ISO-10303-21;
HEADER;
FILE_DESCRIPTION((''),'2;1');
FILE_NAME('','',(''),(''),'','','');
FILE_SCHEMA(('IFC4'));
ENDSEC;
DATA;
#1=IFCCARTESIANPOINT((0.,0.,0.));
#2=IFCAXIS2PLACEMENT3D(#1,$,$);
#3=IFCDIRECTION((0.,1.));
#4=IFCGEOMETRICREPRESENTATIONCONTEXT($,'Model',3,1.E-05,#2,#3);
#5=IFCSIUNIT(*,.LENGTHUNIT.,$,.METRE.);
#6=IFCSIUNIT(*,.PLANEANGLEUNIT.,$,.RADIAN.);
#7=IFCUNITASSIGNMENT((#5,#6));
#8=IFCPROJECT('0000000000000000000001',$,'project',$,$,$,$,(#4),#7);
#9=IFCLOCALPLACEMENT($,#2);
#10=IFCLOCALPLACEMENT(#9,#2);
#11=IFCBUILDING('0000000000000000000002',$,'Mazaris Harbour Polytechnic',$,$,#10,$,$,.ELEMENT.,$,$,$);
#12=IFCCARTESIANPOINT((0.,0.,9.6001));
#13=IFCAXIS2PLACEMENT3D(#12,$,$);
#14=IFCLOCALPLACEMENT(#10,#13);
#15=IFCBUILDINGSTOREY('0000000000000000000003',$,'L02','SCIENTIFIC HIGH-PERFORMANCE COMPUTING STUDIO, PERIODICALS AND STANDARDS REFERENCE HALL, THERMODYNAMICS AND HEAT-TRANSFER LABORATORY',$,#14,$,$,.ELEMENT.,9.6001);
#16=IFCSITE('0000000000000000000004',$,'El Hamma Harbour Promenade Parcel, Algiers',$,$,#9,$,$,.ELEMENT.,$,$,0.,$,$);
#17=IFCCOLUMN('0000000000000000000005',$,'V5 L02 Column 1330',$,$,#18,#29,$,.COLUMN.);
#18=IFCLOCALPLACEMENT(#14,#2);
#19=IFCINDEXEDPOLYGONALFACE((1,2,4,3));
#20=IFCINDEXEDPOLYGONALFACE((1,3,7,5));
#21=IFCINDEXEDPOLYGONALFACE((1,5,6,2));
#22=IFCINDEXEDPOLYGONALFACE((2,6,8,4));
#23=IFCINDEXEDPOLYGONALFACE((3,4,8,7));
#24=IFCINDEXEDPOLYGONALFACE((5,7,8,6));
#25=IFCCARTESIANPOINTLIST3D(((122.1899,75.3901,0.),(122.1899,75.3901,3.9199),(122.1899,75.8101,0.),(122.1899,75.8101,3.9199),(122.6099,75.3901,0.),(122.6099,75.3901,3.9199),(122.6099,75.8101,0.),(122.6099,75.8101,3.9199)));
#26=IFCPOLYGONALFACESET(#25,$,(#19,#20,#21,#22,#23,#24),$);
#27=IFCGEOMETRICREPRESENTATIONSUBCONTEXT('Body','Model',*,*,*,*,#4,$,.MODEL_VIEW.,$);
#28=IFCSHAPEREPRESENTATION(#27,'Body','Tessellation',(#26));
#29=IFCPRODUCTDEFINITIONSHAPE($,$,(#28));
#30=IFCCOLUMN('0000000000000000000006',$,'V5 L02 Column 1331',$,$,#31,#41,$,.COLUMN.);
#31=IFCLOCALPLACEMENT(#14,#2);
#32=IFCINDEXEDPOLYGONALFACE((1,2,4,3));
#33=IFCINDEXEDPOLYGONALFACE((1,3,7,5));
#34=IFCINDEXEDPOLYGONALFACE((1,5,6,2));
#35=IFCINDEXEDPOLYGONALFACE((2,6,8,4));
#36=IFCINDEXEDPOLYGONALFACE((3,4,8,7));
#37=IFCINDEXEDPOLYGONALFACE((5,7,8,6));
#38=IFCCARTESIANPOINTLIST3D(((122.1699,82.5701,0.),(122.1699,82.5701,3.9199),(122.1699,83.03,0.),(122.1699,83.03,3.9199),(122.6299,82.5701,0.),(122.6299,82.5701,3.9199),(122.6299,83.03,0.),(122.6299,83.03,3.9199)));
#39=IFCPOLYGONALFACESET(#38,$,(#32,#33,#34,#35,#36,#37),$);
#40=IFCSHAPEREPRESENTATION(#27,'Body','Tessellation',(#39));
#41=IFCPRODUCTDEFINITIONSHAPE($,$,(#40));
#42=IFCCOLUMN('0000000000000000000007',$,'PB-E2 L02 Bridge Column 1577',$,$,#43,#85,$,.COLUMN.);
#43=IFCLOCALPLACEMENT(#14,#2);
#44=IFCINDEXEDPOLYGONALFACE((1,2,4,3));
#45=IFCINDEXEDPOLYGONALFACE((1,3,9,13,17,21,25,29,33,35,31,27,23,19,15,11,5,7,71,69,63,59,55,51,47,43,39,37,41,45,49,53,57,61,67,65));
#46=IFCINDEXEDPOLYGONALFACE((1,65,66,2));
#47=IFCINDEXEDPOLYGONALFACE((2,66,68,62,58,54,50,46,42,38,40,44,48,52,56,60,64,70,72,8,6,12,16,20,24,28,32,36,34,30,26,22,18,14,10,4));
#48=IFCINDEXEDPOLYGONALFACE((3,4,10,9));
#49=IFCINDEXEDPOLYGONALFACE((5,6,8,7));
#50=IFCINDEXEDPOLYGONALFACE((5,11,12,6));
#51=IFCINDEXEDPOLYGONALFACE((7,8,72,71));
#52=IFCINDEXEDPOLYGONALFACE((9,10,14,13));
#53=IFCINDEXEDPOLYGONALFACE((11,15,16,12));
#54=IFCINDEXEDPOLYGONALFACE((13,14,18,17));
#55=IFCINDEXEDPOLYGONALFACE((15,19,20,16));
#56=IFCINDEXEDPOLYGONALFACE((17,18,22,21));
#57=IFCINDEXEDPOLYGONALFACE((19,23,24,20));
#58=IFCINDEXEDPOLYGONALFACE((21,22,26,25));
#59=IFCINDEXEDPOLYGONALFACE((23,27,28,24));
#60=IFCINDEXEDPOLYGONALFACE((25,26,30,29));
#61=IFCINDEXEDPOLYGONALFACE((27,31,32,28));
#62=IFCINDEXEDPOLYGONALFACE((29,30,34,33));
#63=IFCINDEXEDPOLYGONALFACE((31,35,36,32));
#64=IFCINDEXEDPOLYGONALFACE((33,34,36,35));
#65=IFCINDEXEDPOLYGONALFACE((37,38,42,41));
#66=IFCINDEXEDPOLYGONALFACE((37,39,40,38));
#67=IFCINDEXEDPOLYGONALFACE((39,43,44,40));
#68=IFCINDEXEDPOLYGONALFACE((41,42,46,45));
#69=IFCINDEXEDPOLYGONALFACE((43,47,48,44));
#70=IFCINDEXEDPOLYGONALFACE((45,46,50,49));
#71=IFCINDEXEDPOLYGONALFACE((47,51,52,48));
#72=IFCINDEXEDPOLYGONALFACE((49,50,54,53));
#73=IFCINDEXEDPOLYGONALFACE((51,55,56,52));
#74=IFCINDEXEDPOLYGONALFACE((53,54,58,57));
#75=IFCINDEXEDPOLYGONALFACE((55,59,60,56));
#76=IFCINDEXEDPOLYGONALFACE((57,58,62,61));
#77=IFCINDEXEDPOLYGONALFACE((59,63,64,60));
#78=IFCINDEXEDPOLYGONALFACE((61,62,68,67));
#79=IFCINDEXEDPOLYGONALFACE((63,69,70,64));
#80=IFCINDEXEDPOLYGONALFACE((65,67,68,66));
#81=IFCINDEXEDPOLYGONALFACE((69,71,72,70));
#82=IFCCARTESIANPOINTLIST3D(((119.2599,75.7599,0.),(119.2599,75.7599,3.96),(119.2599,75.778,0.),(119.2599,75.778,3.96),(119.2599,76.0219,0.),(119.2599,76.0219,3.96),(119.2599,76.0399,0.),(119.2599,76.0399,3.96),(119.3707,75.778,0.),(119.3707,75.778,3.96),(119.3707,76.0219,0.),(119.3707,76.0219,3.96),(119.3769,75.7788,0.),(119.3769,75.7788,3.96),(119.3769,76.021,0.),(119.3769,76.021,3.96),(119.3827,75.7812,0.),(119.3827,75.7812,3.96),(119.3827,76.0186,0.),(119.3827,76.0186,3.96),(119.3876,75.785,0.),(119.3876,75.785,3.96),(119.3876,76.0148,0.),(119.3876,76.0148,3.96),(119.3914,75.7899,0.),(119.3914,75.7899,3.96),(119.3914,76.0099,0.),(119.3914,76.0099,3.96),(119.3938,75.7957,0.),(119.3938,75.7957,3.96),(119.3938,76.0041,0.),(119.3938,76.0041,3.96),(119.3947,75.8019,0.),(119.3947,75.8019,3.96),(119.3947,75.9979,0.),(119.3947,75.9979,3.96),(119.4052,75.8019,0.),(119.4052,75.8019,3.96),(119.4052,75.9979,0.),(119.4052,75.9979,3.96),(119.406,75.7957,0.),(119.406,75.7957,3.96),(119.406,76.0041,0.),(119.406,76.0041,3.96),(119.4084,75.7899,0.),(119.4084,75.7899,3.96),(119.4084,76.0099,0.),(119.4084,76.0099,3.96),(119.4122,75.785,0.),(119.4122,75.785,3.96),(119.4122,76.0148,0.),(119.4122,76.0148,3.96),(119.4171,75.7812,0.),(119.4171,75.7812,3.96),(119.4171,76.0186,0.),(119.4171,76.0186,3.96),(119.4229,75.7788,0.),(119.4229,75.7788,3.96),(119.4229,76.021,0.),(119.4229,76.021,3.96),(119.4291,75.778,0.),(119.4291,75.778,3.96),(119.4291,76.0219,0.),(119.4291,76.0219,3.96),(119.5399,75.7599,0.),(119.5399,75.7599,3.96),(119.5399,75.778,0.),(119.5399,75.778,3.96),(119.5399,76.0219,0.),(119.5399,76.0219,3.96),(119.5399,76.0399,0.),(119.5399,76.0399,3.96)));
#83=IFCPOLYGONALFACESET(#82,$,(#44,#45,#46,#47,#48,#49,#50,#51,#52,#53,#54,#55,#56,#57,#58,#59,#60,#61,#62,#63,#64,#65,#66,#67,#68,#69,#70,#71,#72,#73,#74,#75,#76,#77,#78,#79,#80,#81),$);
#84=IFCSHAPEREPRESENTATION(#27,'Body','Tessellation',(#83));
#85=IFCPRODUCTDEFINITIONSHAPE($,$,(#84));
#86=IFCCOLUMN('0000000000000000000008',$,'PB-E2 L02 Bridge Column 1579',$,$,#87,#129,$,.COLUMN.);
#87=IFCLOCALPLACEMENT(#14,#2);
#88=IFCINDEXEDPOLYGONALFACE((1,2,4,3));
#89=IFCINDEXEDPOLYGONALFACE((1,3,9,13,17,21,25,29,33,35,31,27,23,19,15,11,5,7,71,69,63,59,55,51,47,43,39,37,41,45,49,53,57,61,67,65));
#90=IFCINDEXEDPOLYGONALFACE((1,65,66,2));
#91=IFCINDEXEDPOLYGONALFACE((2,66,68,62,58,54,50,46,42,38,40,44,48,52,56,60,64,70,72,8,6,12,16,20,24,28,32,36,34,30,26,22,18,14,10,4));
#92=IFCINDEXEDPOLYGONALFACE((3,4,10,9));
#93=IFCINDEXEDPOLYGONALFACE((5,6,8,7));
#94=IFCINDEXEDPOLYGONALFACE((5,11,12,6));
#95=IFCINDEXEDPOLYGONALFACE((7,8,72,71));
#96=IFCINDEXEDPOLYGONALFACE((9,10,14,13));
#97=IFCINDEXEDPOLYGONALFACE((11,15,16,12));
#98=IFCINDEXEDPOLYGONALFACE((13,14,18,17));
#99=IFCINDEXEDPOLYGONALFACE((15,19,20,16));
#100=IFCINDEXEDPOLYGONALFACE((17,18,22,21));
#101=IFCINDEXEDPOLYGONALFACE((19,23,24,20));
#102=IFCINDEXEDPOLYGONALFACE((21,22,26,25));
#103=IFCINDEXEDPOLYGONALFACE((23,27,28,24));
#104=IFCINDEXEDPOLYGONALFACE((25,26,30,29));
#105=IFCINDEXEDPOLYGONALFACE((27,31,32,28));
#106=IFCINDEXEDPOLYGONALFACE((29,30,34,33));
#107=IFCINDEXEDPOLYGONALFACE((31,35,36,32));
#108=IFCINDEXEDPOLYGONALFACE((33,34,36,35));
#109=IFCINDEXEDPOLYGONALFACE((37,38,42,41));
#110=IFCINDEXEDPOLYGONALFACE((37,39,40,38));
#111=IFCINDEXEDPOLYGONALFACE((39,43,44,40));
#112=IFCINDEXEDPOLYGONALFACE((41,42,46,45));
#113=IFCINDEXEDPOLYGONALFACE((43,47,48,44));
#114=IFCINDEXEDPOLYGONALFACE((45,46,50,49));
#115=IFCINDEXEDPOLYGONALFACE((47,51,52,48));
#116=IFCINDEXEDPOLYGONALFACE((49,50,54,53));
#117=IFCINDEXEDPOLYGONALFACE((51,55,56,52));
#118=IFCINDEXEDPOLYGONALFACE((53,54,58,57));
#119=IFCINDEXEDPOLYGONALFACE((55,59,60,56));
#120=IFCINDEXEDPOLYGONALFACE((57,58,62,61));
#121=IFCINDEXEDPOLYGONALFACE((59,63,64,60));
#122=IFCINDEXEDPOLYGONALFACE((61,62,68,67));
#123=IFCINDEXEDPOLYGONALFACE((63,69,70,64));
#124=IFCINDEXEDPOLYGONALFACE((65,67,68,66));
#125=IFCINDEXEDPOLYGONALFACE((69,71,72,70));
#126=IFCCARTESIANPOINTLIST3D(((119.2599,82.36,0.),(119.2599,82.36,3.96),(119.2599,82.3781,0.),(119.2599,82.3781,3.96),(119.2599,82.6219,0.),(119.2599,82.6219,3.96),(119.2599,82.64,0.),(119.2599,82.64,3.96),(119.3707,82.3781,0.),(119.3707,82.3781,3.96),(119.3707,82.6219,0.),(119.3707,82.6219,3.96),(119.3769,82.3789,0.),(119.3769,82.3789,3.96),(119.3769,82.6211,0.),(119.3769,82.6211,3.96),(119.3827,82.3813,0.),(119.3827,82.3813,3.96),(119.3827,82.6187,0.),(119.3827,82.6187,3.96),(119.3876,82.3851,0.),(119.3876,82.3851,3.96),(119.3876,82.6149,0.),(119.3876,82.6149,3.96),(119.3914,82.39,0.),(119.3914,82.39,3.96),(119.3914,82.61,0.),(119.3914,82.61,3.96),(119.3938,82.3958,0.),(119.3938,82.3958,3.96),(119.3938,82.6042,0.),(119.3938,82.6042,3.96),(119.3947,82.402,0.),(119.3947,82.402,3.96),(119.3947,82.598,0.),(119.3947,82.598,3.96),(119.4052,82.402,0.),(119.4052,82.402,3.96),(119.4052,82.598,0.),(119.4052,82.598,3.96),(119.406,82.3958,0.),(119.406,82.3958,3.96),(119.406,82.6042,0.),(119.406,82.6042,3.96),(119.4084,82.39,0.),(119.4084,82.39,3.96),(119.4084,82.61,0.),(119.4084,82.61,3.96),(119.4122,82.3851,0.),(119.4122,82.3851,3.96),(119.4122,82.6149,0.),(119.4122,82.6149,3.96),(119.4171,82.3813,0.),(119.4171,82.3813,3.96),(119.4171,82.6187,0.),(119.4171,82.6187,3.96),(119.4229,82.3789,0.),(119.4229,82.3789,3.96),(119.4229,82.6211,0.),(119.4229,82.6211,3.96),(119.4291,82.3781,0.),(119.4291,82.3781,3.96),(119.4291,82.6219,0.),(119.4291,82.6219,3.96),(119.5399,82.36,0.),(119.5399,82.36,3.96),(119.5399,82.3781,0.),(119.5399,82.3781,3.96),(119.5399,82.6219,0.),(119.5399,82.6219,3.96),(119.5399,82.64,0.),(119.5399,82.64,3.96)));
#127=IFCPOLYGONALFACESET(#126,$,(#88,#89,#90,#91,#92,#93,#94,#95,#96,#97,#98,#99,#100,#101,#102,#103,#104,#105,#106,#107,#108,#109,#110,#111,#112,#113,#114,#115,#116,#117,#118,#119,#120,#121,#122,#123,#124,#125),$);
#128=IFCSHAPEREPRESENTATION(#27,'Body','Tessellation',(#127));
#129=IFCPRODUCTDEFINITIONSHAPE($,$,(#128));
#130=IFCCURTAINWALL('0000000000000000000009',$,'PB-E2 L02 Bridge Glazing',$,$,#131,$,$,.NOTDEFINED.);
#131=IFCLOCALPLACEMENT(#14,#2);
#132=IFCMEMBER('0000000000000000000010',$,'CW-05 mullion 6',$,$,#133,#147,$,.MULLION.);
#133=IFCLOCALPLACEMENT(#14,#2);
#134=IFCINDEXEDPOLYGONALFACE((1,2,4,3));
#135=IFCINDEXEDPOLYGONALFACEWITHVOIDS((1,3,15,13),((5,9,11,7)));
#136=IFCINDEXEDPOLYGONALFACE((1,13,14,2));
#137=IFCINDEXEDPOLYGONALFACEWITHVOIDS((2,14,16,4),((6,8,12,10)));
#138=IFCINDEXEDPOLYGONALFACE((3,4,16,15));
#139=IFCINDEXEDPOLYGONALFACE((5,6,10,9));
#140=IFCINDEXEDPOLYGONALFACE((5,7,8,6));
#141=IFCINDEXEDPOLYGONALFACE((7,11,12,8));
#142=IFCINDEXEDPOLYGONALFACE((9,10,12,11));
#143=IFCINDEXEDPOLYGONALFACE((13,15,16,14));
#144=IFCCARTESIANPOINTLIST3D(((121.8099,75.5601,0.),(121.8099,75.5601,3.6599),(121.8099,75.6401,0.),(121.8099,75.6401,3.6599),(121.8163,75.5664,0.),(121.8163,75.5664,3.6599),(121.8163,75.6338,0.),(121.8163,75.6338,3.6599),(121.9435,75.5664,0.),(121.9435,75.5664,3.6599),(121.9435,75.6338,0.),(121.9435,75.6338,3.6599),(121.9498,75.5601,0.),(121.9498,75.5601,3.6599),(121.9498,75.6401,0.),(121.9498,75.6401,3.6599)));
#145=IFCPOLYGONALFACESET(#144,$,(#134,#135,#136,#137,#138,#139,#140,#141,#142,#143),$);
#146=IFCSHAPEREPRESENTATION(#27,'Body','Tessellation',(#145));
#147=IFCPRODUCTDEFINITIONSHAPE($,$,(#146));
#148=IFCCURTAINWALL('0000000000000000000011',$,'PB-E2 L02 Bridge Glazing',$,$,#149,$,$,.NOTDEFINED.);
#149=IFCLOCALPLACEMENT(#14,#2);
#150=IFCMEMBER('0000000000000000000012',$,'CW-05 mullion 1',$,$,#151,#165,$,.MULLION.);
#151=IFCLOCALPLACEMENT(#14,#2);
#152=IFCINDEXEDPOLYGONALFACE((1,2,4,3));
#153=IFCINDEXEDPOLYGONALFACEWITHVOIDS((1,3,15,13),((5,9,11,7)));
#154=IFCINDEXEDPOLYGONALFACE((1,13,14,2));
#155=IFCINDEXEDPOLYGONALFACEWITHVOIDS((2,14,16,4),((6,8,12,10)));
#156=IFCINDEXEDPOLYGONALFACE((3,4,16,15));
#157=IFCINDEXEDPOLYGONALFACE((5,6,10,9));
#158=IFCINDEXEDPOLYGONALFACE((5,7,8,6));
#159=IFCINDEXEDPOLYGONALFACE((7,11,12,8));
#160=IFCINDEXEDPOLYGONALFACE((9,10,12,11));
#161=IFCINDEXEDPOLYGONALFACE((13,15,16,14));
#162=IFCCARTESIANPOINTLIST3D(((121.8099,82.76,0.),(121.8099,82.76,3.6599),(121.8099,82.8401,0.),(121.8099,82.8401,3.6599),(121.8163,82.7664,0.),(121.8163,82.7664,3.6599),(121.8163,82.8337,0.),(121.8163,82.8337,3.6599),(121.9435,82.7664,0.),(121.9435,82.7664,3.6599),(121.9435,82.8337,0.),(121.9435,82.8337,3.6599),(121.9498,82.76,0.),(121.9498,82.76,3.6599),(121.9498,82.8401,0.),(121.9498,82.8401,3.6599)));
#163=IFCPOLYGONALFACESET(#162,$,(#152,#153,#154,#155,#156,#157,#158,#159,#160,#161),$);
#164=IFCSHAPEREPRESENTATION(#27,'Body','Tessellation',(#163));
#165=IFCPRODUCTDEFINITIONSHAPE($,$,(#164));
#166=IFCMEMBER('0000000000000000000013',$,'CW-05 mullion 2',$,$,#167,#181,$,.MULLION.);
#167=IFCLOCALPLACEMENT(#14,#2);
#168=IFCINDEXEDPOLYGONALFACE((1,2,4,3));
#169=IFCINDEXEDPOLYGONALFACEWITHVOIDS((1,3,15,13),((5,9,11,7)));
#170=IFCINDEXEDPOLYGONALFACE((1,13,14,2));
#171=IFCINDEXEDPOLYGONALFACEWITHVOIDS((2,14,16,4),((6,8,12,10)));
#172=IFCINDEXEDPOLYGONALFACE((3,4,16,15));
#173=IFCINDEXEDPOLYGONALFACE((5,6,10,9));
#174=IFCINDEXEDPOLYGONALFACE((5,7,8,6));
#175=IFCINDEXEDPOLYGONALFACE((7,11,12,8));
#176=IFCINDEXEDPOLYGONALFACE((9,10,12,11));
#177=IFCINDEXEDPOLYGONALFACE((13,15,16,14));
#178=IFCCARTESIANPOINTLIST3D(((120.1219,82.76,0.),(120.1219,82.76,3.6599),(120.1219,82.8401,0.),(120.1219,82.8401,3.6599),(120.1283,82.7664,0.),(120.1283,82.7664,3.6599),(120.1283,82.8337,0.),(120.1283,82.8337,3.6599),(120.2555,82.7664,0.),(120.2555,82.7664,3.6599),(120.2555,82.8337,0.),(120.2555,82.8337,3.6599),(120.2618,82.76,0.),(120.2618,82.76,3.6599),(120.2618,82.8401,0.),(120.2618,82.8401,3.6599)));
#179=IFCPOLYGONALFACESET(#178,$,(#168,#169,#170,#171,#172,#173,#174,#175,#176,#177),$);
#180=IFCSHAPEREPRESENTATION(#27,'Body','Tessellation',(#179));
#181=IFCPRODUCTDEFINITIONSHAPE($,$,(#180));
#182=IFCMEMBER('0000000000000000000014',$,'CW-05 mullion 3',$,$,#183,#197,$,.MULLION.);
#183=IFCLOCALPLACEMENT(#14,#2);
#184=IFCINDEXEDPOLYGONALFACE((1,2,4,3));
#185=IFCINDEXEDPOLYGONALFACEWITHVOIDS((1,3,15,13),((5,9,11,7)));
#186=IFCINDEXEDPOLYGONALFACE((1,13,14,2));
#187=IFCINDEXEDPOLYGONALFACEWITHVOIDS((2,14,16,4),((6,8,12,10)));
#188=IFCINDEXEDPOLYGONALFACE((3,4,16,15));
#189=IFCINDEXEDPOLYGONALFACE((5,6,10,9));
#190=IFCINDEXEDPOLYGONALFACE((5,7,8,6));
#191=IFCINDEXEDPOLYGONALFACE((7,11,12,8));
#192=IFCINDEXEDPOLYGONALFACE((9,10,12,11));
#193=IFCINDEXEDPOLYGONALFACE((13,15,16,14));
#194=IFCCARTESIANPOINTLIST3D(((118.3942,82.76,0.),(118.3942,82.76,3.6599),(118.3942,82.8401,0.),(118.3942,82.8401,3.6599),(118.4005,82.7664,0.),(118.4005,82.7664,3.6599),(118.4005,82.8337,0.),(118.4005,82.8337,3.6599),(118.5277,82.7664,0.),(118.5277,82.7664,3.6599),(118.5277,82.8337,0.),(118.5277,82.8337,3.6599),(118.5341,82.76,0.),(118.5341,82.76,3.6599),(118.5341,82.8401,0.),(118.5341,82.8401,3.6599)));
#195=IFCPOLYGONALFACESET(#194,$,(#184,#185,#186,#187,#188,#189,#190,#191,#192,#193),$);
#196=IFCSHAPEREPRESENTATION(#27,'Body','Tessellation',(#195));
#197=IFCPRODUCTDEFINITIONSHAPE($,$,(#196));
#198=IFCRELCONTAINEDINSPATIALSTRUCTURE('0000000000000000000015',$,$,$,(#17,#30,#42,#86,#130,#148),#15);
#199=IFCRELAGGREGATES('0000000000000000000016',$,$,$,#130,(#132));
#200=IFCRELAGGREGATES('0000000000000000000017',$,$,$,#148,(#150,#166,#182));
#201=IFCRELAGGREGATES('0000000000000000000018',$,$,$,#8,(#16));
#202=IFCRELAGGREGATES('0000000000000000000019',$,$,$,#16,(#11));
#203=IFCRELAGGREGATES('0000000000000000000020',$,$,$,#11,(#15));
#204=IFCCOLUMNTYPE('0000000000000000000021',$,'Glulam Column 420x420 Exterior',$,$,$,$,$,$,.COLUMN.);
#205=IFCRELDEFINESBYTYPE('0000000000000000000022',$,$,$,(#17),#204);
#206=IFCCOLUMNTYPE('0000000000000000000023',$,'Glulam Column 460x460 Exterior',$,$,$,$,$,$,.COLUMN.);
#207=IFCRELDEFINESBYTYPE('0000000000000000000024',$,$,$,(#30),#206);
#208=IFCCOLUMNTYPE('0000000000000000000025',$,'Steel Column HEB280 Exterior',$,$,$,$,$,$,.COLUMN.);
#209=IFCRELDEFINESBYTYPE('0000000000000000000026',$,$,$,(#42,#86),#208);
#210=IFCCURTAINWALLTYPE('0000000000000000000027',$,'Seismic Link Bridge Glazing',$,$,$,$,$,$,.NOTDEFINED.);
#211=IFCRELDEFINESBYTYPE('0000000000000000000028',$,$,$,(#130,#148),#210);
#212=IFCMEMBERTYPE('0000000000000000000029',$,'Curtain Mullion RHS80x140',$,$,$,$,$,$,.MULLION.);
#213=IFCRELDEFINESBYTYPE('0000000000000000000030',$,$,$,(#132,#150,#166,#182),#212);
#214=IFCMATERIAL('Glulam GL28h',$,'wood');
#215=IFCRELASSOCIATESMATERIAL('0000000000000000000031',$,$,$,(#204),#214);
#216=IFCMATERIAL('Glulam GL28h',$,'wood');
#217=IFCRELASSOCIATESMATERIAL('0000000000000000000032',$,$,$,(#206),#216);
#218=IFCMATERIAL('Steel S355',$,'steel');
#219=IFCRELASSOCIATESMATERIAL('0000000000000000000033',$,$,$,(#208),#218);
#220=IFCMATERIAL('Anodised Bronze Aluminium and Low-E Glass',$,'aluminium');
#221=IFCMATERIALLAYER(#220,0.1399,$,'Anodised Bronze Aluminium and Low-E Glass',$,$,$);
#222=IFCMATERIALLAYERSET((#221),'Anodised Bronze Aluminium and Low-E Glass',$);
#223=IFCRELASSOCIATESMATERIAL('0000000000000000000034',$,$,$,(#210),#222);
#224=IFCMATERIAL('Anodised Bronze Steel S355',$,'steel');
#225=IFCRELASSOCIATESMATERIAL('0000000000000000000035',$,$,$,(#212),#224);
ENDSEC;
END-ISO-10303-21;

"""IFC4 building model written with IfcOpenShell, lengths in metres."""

from ifc_helpers import new_model, si_unit, direction, frame, origin, origin_2d, place, context, subcontext, project, spatial, rectangle, hollow_rectangle, i_section, extrude, material, layer, layer_set, material_profile, profile_set, type_object, element, aggregate, save


model = new_model("IFC4")

# Units and contexts
model_context = context("Model", 3, precision=1e-05, world=origin(), true_north=direction((0.0, 1.0)))
body_context = subcontext(model_context, "Body", "Model", "MODEL_VIEW")
ifc_project = project(units=[si_unit("LENGTHUNIT", "METRE"), si_unit("PLANEANGLEUNIT", "RADIAN")], contexts=[model_context])

# Site, building, storey
site_placement = place(None, origin())
site = spatial("IfcSite", under=ifc_project, at=site_placement, Name="El Hamma Harbour Promenade Parcel, Algiers", CompositionType="ELEMENT", RefElevation=0.0)
building_placement = place(site_placement, origin())
building = spatial("IfcBuilding", under=site, at=building_placement, Name="Mazaris Harbour Polytechnic", CompositionType="ELEMENT")
storey_placement = place(building_placement, frame((0.0, 0.0, 9.6001)))
storey = spatial("IfcBuildingStorey", under=building, at=storey_placement, Name="L02", Description="SCIENTIFIC HIGH-PERFORMANCE COMPUTING STUDIO, PERIODICALS AND STANDARDS REFERENCE HALL, THERMODYNAMICS AND HEAT-TRANSFER LABORATORY", CompositionType="ELEMENT", Elevation=9.6001)

# Columns
ifc_material_1 = material(Name="Glulam GL28h", Category="wood")
ifc_material_profile_1 = material_profile(ifc_material_1, rectangle(XDim=0.4199, YDim=0.4199, at=origin_2d()), Name="RECT420x420")
ifc_profile_set_1 = profile_set([ifc_material_profile_1], Name="Glulam GL28h")
column_type_1 = type_object("IfcColumnType", Name="Glulam Column 420x420 Exterior", PredefinedType="COLUMN", material=ifc_profile_set_1)
column_1_placement = place(storey_placement, frame((122.3999, 75.6001, 0.0), z_axis=(0.0, 0.0, 1.0), x_axis=(1.0, 0.0, 0.0)))
element("IfcColumn", 1, at=column_1_placement, inside=storey, type_object=column_type_1, Name="V5 L02 Column 1330", PredefinedType="COLUMN", context=body_context, shape_type="SweptSolid", body=[
    extrude(rectangle(XDim=0.4199, YDim=0.4199, at=origin_2d()), origin(), (0.0, 0.0, 1.0), 3.9199),
])
ifc_material_2 = material(Name="Glulam GL28h", Category="wood")
ifc_material_profile_2 = material_profile(ifc_material_2, rectangle(XDim=0.46, YDim=0.46, at=origin_2d()), Name="RECT460x460")
ifc_profile_set_2 = profile_set([ifc_material_profile_2], Name="Glulam GL28h")
column_type_2 = type_object("IfcColumnType", Name="Glulam Column 460x460 Exterior", PredefinedType="COLUMN", material=ifc_profile_set_2)
column_2_placement = place(storey_placement, frame((122.3999, 82.8, 0.0), z_axis=(0.0, 0.0, 1.0), x_axis=(1.0, 0.0, 0.0)))
element("IfcColumn", 2, at=column_2_placement, inside=storey, type_object=column_type_2, Name="V5 L02 Column 1331", PredefinedType="COLUMN", context=body_context, shape_type="SweptSolid", body=[
    extrude(rectangle(XDim=0.46, YDim=0.46, at=origin_2d()), origin(), (0.0, 0.0, 1.0), 3.9199),
])
ifc_material_3 = material(Name="Steel S355", Category="steel")
ifc_material_profile_3 = material_profile(ifc_material_3, i_section(OverallWidth=0.28, OverallDepth=0.28, WebThickness=0.0105, FlangeThickness=0.0181, FilletRadius=0.0239, at=origin_2d()), Name="HEB 280")
ifc_profile_set_3 = profile_set([ifc_material_profile_3], Name="Steel S355")
column_type_3 = type_object("IfcColumnType", Name="Steel Column HEB280 Exterior", PredefinedType="COLUMN", material=ifc_profile_set_3)
for number, where, z_axis, x_axis, name in (
    (3, (119.3999, 75.8999, 0.0), (0.0, 0.0, 1.0), (1.0, 0.0, 0.0), "PB-E2 L02 Bridge Column 1577"),
    (4, (119.3999, 82.5, 0.0), (0.0, 0.0, 1.0), (1.0, 0.0, 0.0), "PB-E2 L02 Bridge Column 1579"),
):
    element("IfcColumn", number, at=place(storey_placement, frame(where, z_axis=z_axis, x_axis=x_axis)), inside=storey, type_object=column_type_3, Name=name, PredefinedType="COLUMN", context=body_context, shape_type="SweptSolid", body=[
        extrude(i_section(OverallWidth=0.28, OverallDepth=0.28, WebThickness=0.0105, FlangeThickness=0.0181, FilletRadius=0.0239, at=origin_2d()), origin(), (0.0, 0.0, 1.0), 3.96),
    ])

# Curtain wall, member
ifc_material_4 = material(Name="Anodised Bronze Aluminium and Low-E Glass", Category="aluminium")
ifc_layer_1 = layer(ifc_material_4, 0.1399, Name="Anodised Bronze Aluminium and Low-E Glass")
ifc_layer_set_1 = layer_set([ifc_layer_1], Name="Anodised Bronze Aluminium and Low-E Glass")
curtain_wall_type = type_object("IfcCurtainWallType", Name="Seismic Link Bridge Glazing", PredefinedType="NOTDEFINED", material=ifc_layer_set_1)
curtain_wall_1_placement = place(storey_placement, origin())
curtain_wall_1 = element("IfcCurtainWall", 5, at=curtain_wall_1_placement, inside=storey, type_object=curtain_wall_type, Name="PB-E2 L02 Bridge Glazing", PredefinedType="NOTDEFINED")
ifc_material_5 = material(Name="Anodised Bronze Steel S355", Category="steel")
ifc_material_profile_4 = material_profile(ifc_material_5, hollow_rectangle(XDim=0.0801, YDim=0.1399, WallThickness=0.0063, at=origin_2d()), Name="RHS 80x140x6.3")
ifc_profile_set_4 = profile_set([ifc_material_profile_4], Name="Anodised Bronze Steel S355")
member_type_1 = type_object("IfcMemberType", Name="Curtain Mullion RHS80x140", PredefinedType="MULLION", material=ifc_profile_set_4)
member_1_placement = place(storey_placement, frame((121.8799, 75.6001, 0.0), z_axis=(0.0, 0.0, 1.0), x_axis=(0.0, 1.0, 0.0)))
member_1 = element("IfcMember", 6, at=member_1_placement, type_object=member_type_1, Name="CW-05 mullion 6", PredefinedType="MULLION", context=body_context, shape_type="SweptSolid", body=[
    extrude(hollow_rectangle(XDim=0.0801, YDim=0.1399, WallThickness=0.0063, at=origin_2d()), origin(), (0.0, 0.0, 1.0), 3.6599),
])

# Curtain wall, members
curtain_wall_2_placement = place(storey_placement, origin())
curtain_wall_2 = element("IfcCurtainWall", 7, at=curtain_wall_2_placement, inside=storey, type_object=curtain_wall_type, Name="PB-E2 L02 Bridge Glazing", PredefinedType="NOTDEFINED")
member_2_placement = place(storey_placement, frame((121.8799, 82.8, 0.0), z_axis=(0.0, 0.0, 1.0), x_axis=(0.0, -1.0, 0.0)))
member_2 = element("IfcMember", 8, at=member_2_placement, type_object=member_type_1, Name="CW-05 mullion 1", PredefinedType="MULLION", context=body_context, shape_type="SweptSolid", body=[
    extrude(hollow_rectangle(XDim=0.0801, YDim=0.1399, WallThickness=0.0063, at=origin_2d()), origin(), (0.0, 0.0, 1.0), 3.6599),
])
member_3_placement = place(storey_placement, frame((120.1919, 82.8, 0.0), z_axis=(0.0, 0.0, 1.0), x_axis=(0.0, -1.0, 0.0)))
member_3 = element("IfcMember", 9, at=member_3_placement, type_object=member_type_1, Name="CW-05 mullion 2", PredefinedType="MULLION", context=body_context, shape_type="SweptSolid", body=[
    extrude(hollow_rectangle(XDim=0.0801, YDim=0.1399, WallThickness=0.0063, at=origin_2d()), origin(), (0.0, 0.0, 1.0), 3.6599),
])
member_4_placement = place(storey_placement, frame((118.4641, 82.8, 0.0), z_axis=(0.0, 0.0, 1.0), x_axis=(0.0, -1.0, 0.0)))
member_4 = element("IfcMember", 10, at=member_4_placement, type_object=member_type_1, Name="CW-05 mullion 3", PredefinedType="MULLION", context=body_context, shape_type="SweptSolid", body=[
    extrude(hollow_rectangle(XDim=0.0801, YDim=0.1399, WallThickness=0.0063, at=origin_2d()), origin(), (0.0, 0.0, 1.0), 3.6599),
])

aggregate(curtain_wall_1, [member_1])
aggregate(curtain_wall_2, [member_2, member_3, member_4])

save(model, "model.ifc")
